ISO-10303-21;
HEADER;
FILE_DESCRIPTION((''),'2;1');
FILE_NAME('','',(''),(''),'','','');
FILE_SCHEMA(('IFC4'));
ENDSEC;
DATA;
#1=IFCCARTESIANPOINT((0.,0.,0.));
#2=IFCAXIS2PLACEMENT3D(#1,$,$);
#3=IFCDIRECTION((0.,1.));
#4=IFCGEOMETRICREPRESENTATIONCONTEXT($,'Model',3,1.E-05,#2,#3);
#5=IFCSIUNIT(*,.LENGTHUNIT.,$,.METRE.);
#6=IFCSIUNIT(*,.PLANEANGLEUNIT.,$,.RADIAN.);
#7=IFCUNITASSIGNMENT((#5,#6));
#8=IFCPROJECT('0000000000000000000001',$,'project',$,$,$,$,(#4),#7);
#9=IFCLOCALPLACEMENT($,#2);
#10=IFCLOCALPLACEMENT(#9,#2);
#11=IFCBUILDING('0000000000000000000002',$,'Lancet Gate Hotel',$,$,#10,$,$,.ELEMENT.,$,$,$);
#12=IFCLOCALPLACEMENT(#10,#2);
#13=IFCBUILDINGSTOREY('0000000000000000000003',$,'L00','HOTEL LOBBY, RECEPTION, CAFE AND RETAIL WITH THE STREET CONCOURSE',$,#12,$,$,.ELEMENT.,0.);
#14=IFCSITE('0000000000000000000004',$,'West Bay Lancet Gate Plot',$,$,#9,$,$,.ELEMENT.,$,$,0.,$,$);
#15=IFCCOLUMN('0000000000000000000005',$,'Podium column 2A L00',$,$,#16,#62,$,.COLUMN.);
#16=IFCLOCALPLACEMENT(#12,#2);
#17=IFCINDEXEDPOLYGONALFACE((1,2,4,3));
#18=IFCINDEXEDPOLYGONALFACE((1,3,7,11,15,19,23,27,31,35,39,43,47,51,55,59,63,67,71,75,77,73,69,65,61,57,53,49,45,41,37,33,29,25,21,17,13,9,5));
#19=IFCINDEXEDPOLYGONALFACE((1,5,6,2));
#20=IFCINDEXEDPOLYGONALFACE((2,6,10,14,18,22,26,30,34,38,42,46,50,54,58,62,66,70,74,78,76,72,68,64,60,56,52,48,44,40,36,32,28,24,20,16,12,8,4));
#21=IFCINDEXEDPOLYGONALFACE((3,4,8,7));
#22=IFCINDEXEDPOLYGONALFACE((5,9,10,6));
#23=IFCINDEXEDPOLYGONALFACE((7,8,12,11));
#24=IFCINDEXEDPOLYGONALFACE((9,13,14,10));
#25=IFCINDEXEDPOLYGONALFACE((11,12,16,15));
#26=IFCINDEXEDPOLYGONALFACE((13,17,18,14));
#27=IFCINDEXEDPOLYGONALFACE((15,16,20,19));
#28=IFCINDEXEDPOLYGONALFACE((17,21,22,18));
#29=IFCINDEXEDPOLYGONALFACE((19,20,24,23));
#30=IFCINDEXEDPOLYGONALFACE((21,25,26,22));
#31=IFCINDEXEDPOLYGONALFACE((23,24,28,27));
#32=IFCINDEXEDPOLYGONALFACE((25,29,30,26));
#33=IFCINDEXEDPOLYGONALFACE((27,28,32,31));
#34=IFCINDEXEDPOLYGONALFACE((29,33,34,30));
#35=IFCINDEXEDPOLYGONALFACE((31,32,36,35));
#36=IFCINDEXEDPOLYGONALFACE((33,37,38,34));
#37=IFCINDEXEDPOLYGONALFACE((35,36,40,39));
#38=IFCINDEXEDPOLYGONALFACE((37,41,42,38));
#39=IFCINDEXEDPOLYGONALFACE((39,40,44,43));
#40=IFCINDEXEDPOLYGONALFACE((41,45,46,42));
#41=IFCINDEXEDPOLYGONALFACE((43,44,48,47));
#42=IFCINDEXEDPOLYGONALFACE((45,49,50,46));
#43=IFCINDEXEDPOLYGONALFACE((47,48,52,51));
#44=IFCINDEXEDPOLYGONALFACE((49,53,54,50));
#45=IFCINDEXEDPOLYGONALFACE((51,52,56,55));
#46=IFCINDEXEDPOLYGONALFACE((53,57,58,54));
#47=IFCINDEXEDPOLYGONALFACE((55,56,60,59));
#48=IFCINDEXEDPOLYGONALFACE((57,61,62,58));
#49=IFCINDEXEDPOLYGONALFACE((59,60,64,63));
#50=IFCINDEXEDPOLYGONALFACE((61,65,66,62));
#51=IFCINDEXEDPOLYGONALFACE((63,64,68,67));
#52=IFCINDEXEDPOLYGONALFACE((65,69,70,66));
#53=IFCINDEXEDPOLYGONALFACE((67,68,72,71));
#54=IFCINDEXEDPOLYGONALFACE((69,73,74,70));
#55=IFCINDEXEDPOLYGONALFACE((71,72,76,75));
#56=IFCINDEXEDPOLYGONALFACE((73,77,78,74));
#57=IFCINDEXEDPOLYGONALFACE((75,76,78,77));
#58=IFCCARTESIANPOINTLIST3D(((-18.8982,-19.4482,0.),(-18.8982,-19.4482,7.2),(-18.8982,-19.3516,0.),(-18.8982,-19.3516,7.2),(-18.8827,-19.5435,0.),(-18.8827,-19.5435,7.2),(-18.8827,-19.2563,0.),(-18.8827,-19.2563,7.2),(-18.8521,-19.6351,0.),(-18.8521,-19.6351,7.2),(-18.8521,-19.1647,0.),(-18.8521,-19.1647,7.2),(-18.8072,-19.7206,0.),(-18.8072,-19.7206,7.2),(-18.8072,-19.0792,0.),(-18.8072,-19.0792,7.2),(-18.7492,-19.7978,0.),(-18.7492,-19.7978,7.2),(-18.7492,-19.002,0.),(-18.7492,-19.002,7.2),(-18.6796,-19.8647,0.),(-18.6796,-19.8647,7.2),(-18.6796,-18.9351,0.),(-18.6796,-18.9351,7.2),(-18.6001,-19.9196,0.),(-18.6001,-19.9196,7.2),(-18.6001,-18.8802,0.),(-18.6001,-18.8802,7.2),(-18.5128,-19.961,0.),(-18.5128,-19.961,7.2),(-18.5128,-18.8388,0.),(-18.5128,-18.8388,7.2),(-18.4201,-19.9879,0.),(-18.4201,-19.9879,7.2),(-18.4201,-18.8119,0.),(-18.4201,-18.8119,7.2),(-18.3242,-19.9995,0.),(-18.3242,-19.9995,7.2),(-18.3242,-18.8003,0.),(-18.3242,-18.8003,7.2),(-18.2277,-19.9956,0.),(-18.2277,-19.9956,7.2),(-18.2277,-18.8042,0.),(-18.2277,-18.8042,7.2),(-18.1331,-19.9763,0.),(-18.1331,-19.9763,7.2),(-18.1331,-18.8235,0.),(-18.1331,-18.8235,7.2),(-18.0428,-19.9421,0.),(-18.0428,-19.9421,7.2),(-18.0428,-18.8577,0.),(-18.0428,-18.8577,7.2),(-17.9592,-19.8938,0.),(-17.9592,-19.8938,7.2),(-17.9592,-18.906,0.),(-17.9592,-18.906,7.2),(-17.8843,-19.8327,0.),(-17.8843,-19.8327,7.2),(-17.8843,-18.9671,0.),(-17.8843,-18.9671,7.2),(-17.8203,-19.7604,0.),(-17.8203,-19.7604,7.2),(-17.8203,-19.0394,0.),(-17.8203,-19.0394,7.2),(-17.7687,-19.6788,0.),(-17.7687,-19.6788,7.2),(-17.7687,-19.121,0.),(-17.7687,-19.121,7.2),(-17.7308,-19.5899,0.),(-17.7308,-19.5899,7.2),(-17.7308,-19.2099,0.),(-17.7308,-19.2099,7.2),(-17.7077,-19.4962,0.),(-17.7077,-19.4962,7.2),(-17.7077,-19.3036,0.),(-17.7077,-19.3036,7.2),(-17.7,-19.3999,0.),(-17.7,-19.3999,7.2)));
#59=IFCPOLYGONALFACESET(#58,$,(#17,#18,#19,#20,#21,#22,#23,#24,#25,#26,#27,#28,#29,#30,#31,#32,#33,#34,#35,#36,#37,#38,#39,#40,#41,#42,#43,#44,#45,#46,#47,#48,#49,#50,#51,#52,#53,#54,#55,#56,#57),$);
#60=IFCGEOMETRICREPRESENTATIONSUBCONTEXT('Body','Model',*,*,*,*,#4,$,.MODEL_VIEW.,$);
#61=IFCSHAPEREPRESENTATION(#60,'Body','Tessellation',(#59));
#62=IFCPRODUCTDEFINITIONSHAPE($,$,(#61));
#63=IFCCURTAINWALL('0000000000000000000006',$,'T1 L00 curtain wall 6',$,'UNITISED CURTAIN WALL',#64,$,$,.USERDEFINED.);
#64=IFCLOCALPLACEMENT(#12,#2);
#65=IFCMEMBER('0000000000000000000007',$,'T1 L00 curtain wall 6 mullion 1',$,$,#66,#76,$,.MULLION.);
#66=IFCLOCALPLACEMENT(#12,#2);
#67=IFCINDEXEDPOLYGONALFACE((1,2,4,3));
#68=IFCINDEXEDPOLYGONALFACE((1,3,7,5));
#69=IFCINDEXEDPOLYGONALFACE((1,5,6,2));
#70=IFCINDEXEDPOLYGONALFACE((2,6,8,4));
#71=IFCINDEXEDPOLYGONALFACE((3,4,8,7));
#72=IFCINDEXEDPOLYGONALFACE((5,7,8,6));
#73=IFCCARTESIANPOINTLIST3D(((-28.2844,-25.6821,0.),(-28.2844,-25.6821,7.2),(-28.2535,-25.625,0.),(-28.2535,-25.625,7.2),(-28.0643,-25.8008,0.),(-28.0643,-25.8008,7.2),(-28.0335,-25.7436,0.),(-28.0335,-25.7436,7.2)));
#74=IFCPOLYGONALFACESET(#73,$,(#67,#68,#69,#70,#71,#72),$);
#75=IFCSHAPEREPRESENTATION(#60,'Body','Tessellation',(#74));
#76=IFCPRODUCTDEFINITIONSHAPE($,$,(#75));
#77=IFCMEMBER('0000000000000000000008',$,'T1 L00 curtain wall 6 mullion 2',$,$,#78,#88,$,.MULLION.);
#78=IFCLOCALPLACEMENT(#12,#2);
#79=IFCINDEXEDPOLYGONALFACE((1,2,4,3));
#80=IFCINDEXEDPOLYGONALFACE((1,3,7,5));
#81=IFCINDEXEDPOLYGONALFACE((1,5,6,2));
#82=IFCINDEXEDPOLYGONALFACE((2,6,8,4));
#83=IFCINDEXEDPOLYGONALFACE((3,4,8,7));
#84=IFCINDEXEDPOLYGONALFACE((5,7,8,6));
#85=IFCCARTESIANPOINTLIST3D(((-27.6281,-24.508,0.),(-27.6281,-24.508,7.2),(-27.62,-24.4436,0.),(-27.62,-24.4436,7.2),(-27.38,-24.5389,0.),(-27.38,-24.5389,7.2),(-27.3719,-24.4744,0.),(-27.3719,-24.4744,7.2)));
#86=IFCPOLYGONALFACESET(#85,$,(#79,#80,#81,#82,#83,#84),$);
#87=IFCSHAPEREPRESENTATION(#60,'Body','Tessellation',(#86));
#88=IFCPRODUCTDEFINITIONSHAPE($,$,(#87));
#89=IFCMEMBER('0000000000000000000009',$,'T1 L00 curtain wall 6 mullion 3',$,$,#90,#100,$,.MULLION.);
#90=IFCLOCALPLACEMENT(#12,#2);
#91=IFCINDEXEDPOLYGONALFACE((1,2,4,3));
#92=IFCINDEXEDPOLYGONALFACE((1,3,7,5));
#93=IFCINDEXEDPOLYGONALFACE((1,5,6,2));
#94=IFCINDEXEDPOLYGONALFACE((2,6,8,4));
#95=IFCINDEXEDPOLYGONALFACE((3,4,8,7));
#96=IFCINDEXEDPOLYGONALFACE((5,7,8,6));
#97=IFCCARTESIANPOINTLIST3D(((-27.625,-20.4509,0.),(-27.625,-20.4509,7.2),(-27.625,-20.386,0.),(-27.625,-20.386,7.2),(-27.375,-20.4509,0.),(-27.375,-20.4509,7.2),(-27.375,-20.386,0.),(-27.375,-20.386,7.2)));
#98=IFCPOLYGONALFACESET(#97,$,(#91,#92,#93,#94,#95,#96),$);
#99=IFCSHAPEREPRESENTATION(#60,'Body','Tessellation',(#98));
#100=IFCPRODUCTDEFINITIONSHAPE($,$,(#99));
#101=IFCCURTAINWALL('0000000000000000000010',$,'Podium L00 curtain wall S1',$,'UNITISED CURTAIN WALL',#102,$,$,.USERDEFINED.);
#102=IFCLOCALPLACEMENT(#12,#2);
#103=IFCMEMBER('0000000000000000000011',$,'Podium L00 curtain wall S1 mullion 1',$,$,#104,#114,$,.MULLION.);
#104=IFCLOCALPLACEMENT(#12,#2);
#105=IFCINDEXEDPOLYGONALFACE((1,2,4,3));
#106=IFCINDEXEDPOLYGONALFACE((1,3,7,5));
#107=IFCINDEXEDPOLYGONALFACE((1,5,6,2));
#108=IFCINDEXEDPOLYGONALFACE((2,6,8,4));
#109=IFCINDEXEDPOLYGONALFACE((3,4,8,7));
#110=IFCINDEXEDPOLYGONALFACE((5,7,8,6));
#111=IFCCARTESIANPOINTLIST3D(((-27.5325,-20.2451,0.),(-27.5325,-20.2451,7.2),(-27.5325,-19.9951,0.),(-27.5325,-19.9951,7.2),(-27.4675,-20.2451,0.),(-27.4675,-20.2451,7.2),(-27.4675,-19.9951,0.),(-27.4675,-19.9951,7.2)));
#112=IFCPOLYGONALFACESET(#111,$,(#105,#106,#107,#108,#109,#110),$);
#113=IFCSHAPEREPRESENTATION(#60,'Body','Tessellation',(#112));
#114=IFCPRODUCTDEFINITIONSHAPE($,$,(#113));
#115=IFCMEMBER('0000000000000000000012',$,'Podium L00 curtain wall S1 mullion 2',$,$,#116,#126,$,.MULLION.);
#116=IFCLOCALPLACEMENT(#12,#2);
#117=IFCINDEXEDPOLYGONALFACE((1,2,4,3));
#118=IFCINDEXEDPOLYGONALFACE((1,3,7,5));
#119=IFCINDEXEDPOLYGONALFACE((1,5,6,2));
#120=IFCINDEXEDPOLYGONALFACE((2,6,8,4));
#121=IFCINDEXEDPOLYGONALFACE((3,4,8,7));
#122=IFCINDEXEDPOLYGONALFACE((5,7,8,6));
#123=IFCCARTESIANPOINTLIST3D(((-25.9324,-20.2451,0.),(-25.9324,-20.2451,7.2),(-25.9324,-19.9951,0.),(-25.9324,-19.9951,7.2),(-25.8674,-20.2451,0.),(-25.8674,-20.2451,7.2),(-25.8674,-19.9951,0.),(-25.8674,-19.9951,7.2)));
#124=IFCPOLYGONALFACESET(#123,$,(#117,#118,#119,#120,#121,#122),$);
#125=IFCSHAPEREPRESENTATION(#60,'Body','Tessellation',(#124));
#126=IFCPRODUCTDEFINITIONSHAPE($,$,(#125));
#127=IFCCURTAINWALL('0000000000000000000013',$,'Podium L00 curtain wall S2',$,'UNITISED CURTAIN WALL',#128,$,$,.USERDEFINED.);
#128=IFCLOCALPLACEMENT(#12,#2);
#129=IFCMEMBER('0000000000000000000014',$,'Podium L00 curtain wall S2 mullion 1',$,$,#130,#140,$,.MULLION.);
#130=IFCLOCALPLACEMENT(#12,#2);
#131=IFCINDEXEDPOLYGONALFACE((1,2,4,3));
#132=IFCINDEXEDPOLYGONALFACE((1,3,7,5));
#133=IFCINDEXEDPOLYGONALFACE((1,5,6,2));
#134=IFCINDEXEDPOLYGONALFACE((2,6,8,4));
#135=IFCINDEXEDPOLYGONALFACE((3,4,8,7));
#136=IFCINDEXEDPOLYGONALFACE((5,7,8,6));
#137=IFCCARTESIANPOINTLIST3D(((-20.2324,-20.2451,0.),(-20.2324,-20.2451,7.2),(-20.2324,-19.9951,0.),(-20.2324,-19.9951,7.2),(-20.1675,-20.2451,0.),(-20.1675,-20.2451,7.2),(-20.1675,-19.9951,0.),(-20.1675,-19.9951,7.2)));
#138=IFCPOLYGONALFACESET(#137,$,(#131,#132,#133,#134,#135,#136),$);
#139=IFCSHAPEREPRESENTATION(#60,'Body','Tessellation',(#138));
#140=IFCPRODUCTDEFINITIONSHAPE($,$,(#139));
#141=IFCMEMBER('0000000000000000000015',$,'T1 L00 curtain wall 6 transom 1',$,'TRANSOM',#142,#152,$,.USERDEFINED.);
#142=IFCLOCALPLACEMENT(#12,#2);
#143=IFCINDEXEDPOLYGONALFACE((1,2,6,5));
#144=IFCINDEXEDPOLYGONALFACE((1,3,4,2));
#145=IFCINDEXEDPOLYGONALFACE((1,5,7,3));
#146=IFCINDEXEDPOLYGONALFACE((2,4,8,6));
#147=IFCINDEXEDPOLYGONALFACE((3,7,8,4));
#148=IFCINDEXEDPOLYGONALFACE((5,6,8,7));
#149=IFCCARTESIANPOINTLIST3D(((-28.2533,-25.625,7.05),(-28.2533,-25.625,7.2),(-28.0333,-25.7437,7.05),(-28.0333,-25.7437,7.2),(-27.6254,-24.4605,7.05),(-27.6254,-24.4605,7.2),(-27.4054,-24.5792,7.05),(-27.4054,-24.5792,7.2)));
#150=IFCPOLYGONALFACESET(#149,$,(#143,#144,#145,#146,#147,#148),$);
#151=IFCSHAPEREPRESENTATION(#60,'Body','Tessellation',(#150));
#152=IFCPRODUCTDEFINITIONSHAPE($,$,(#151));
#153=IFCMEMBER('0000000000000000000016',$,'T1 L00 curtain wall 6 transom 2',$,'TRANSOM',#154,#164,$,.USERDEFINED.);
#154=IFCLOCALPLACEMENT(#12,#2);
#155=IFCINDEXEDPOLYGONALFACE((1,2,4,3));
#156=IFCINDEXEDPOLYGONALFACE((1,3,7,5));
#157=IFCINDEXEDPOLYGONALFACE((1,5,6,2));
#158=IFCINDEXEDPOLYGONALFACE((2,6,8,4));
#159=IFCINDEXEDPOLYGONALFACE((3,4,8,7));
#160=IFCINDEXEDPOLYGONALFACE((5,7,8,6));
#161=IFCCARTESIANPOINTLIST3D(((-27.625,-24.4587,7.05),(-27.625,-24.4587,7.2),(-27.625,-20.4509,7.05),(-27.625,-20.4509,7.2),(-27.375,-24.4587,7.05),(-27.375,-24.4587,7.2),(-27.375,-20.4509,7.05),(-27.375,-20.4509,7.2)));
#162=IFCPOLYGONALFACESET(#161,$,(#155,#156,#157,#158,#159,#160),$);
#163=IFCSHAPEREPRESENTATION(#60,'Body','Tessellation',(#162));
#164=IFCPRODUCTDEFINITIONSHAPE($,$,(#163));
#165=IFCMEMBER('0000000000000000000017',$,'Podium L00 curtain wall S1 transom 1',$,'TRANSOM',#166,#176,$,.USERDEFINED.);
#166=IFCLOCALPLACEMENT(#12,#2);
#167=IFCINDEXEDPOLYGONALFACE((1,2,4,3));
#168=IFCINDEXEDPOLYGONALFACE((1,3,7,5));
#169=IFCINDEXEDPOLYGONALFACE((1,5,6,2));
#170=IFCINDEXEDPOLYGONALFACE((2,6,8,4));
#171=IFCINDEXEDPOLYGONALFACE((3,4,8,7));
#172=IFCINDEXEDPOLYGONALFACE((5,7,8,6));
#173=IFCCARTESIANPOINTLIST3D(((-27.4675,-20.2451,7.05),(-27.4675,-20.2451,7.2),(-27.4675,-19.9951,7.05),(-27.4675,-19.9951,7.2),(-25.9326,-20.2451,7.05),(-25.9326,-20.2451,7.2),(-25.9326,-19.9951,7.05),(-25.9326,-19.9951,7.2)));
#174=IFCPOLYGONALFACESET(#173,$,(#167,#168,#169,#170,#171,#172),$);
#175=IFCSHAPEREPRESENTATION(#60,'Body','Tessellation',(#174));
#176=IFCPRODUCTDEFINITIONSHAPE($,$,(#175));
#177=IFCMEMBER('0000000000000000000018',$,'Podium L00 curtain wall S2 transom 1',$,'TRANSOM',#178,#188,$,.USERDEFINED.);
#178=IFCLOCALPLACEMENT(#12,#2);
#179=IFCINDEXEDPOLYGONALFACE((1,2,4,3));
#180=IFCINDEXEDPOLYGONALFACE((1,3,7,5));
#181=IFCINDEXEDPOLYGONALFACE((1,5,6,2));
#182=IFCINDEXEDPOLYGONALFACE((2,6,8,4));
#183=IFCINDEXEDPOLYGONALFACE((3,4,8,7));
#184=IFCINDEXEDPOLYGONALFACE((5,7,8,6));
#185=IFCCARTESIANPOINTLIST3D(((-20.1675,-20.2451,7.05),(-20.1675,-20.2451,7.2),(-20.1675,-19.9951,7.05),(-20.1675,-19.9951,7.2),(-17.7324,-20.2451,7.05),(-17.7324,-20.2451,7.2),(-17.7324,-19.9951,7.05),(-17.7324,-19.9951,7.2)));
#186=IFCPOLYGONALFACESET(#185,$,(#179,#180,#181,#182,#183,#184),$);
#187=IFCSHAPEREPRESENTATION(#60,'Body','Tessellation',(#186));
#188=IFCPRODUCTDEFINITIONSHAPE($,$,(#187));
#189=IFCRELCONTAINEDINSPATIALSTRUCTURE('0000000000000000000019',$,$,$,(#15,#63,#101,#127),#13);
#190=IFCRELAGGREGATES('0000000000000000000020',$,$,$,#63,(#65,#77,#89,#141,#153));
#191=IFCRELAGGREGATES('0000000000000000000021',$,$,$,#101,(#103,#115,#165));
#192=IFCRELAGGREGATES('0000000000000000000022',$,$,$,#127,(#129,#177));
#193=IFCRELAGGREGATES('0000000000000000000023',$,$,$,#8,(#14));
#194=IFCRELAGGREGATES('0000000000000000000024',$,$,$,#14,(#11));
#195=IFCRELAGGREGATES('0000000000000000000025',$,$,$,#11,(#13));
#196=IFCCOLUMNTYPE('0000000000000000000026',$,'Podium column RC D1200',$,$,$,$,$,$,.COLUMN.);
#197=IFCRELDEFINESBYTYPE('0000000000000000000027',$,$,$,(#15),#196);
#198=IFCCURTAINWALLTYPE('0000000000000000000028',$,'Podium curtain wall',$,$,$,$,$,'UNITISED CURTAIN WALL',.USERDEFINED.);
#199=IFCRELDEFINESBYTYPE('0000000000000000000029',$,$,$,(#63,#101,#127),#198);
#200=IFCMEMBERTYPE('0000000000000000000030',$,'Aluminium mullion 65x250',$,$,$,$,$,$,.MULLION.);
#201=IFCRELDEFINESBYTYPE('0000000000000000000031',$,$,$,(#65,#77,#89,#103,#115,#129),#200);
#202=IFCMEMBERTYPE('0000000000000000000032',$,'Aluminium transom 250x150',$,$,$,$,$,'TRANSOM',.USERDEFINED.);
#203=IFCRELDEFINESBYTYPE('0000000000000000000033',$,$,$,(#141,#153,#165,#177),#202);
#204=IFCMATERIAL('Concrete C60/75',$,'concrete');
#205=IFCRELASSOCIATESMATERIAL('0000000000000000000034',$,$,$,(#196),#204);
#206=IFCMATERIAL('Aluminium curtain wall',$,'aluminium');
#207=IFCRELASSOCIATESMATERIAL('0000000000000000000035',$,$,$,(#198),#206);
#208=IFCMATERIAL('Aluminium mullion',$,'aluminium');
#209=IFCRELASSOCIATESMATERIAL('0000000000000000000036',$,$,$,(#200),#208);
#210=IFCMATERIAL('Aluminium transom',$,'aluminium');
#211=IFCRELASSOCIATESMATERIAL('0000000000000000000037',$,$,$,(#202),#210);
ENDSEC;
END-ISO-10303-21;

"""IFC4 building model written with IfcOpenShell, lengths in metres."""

from ifc_helpers import new_model, si_unit, direction, frame, origin, origin_2d, place, context, subcontext, project, spatial, rectangle, circle, extrude, material, material_profile, profile_set, type_object, element, aggregate, save


model = new_model("IFC4")

# Units and contexts
model_context = context("Model", 3, precision=1e-05, world=origin(), true_north=direction((0.0, 1.0)))
body_context = subcontext(model_context, "Body", "Model", "MODEL_VIEW")
ifc_project = project(units=[si_unit("LENGTHUNIT", "METRE"), si_unit("PLANEANGLEUNIT", "RADIAN")], contexts=[model_context])

# Site, building, storey
site_placement = place(None, origin())
site = spatial("IfcSite", under=ifc_project, at=site_placement, Name="West Bay Lancet Gate Plot", CompositionType="ELEMENT", RefElevation=0.0)
building_placement = place(site_placement, origin())
building = spatial("IfcBuilding", under=site, at=building_placement, Name="Lancet Gate Hotel", CompositionType="ELEMENT")
storey_placement = place(building_placement, origin())
storey = spatial("IfcBuildingStorey", under=building, at=storey_placement, Name="L00", Description="HOTEL LOBBY, RECEPTION, CAFE AND RETAIL WITH THE STREET CONCOURSE", CompositionType="ELEMENT", Elevation=0.0)

# Column
ifc_material_1 = material(Name="Concrete C60/75", Category="concrete")
ifc_material_profile_1 = material_profile(ifc_material_1, circle(Radius=0.6001, at=origin_2d()), Name="RC D1200")
ifc_profile_set_1 = profile_set([ifc_material_profile_1], Name="Concrete C60/75")
column_type_1 = type_object("IfcColumnType", Name="Podium column RC D1200", PredefinedType="COLUMN", material=ifc_profile_set_1)
for number, where, z_axis, x_axis, name in (
    (1, (-18.3, -19.3999, 0.0), (0.0, 0.0, 1.0), (1.0, 0.0, 0.0), "Podium column 2A L00"),
):
    element("IfcColumn", number, at=place(storey_placement, frame(where, z_axis=z_axis, x_axis=x_axis)), inside=storey, type_object=column_type_1, Name=name, PredefinedType="COLUMN", context=body_context, shape_type="SweptSolid", body=[
        extrude(circle(Radius=0.6001, at=origin_2d()), origin(), (0.0, 0.0, 1.0), 7.2),
    ])

# Curtain walls, members
ifc_material_2 = material(Name="Aluminium curtain wall", Category="aluminium")
curtain_wall_type = type_object("IfcCurtainWallType", Name="Podium curtain wall", ElementType="UNITISED CURTAIN WALL", PredefinedType="USERDEFINED", material=ifc_material_2)
curtain_wall_1_placement = place(storey_placement, origin())
curtain_wall_1 = element("IfcCurtainWall", 2, at=curtain_wall_1_placement, inside=storey, type_object=curtain_wall_type, Name="T1 L00 curtain wall 6", ObjectType="UNITISED CURTAIN WALL", PredefinedType="USERDEFINED")
ifc_material_3 = material(Name="Aluminium mullion", Category="aluminium")
ifc_material_profile_2 = material_profile(ifc_material_3, rectangle(XDim=0.0649, YDim=0.25, at=origin_2d()), Name="MULLION 65x250")
ifc_profile_set_2 = profile_set([ifc_material_profile_2], Name="Aluminium mullion")
member_type_1 = type_object("IfcMemberType", Name="Aluminium mullion 65x250", PredefinedType="MULLION", material=ifc_profile_set_2)
member_1_placement = place(storey_placement, frame((-28.1589, -25.7129, 0.0), z_axis=(0.0, 0.0, 1.0), x_axis=(0.474631, 0.880185, 0.0)))
member_1 = element("IfcMember", 3, at=member_1_placement, type_object=member_type_1, Name="T1 L00 curtain wall 6 mullion 1", PredefinedType="MULLION", context=body_context, shape_type="SweptSolid", body=[
    extrude(rectangle(XDim=0.0649, YDim=0.25, at=origin_2d()), origin(), (0.0, 0.0, 1.0), 7.2),
])
member_2_placement = place(storey_placement, frame((-27.5, -24.4912, 0.0), z_axis=(0.0, 0.0, 1.0), x_axis=(0.123483, 0.992347, 0.0)))
member_2 = element("IfcMember", 4, at=member_2_placement, type_object=member_type_1, Name="T1 L00 curtain wall 6 mullion 2", PredefinedType="MULLION", context=body_context, shape_type="SweptSolid", body=[
    extrude(rectangle(XDim=0.0649, YDim=0.25, at=origin_2d()), origin(), (0.0, 0.0, 1.0), 7.2),
])
member_3_placement = place(storey_placement, frame((-27.5, -20.4185, 0.0), z_axis=(0.0, 0.0, 1.0), x_axis=(0.0, 1.0, 0.0)))
member_3 = element("IfcMember", 5, at=member_3_placement, type_object=member_type_1, Name="T1 L00 curtain wall 6 mullion 3", PredefinedType="MULLION", context=body_context, shape_type="SweptSolid", body=[
    extrude(rectangle(XDim=0.0649, YDim=0.25, at=origin_2d()), origin(), (0.0, 0.0, 1.0), 7.2),
])
curtain_wall_2_placement = place(storey_placement, origin())
curtain_wall_2 = element("IfcCurtainWall", 6, at=curtain_wall_2_placement, inside=storey, type_object=curtain_wall_type, Name="Podium L00 curtain wall S1", ObjectType="UNITISED CURTAIN WALL", PredefinedType="USERDEFINED")
member_4_placement = place(storey_placement, frame((-27.5, -20.1201, 0.0), z_axis=(0.0, 0.0, 1.0), x_axis=(1.0, 0.0, 0.0)))
member_4 = element("IfcMember", 7, at=member_4_placement, type_object=member_type_1, Name="Podium L00 curtain wall S1 mullion 1", PredefinedType="MULLION", context=body_context, shape_type="SweptSolid", body=[
    extrude(rectangle(XDim=0.0649, YDim=0.25, at=origin_2d()), origin(), (0.0, 0.0, 1.0), 7.2),
])
member_5_placement = place(storey_placement, frame((-25.8999, -20.1201, 0.0), z_axis=(0.0, 0.0, 1.0), x_axis=(1.0, 0.0, 0.0)))
member_5 = element("IfcMember", 8, at=member_5_placement, type_object=member_type_1, Name="Podium L00 curtain wall S1 mullion 2", PredefinedType="MULLION", context=body_context, shape_type="SweptSolid", body=[
    extrude(rectangle(XDim=0.0649, YDim=0.25, at=origin_2d()), origin(), (0.0, 0.0, 1.0), 7.2),
])

# Curtain wall, member
curtain_wall_3_placement = place(storey_placement, origin())
curtain_wall_3 = element("IfcCurtainWall", 9, at=curtain_wall_3_placement, inside=storey, type_object=curtain_wall_type, Name="Podium L00 curtain wall S2", ObjectType="UNITISED CURTAIN WALL", PredefinedType="USERDEFINED")
member_6_placement = place(storey_placement, frame((-20.2, -20.1201, 0.0), z_axis=(0.0, 0.0, 1.0), x_axis=(1.0, 0.0, 0.0)))
member_6 = element("IfcMember", 10, at=member_6_placement, type_object=member_type_1, Name="Podium L00 curtain wall S2 mullion 1", PredefinedType="MULLION", context=body_context, shape_type="SweptSolid", body=[
    extrude(rectangle(XDim=0.0649, YDim=0.25, at=origin_2d()), origin(), (0.0, 0.0, 1.0), 7.2),
])

# Members
ifc_material_4 = material(Name="Aluminium transom", Category="aluminium")
ifc_material_profile_3 = material_profile(ifc_material_4, rectangle(XDim=0.25, YDim=0.1499, at=origin_2d()), Name="TRANSOM 250x150")
ifc_profile_set_3 = profile_set([ifc_material_profile_3], Name="Aluminium transom")
member_type_2 = type_object("IfcMemberType", Name="Aluminium transom 250x150", ElementType="TRANSOM", PredefinedType="USERDEFINED", material=ifc_profile_set_3)
member_7_placement = place(storey_placement, frame((-28.1433, -25.6843, 7.125), z_axis=(0.474606, 0.880198, 0.0), x_axis=(-0.880198, 0.474606, 0.0)))
member_7 = element("IfcMember", 11, at=member_7_placement, type_object=member_type_2, Name="T1 L00 curtain wall 6 transom 1", ObjectType="TRANSOM", PredefinedType="USERDEFINED", context=body_context, shape_type="SweptSolid", body=[
    extrude(rectangle(XDim=0.25, YDim=0.1499, at=origin_2d()), origin(), (0.0, 0.0, 1.0), 1.323),
])
member_8_placement = place(storey_placement, frame((-27.5, -24.4587, 7.125), z_axis=(0.0, 1.0, 0.0), x_axis=(-1.0, 0.0, 0.0)))
member_8 = element("IfcMember", 12, at=member_8_placement, type_object=member_type_2, Name="T1 L00 curtain wall 6 transom 2", ObjectType="TRANSOM", PredefinedType="USERDEFINED", context=body_context, shape_type="SweptSolid", body=[
    extrude(rectangle(XDim=0.25, YDim=0.1499, at=origin_2d()), origin(), (0.0, 0.0, 1.0), 4.0078),
])
member_9_placement = place(storey_placement, frame((-27.4675, -20.1201, 7.125), z_axis=(1.0, 0.0, 0.0), x_axis=(0.0, 1.0, 0.0)))
member_9 = element("IfcMember", 13, at=member_9_placement, type_object=member_type_2, Name="Podium L00 curtain wall S1 transom 1", ObjectType="TRANSOM", PredefinedType="USERDEFINED", context=body_context, shape_type="SweptSolid", body=[
    extrude(rectangle(XDim=0.25, YDim=0.1499, at=origin_2d()), origin(), (0.0, 0.0, 1.0), 1.5349),
])
member_10_placement = place(storey_placement, frame((-20.1675, -20.1201, 7.125), z_axis=(1.0, 0.0, 0.0), x_axis=(0.0, 1.0, 0.0)))
member_10 = element("IfcMember", 14, at=member_10_placement, type_object=member_type_2, Name="Podium L00 curtain wall S2 transom 1", ObjectType="TRANSOM", PredefinedType="USERDEFINED", context=body_context, shape_type="SweptSolid", body=[
    extrude(rectangle(XDim=0.25, YDim=0.1499, at=origin_2d()), origin(), (0.0, 0.0, 1.0), 2.4351),
])

aggregate(curtain_wall_1, [member_1, member_2, member_3, member_7, member_8])
aggregate(curtain_wall_2, [member_4, member_5, member_9])
aggregate(curtain_wall_3, [member_6, member_10])

save(model, "model.ifc")
